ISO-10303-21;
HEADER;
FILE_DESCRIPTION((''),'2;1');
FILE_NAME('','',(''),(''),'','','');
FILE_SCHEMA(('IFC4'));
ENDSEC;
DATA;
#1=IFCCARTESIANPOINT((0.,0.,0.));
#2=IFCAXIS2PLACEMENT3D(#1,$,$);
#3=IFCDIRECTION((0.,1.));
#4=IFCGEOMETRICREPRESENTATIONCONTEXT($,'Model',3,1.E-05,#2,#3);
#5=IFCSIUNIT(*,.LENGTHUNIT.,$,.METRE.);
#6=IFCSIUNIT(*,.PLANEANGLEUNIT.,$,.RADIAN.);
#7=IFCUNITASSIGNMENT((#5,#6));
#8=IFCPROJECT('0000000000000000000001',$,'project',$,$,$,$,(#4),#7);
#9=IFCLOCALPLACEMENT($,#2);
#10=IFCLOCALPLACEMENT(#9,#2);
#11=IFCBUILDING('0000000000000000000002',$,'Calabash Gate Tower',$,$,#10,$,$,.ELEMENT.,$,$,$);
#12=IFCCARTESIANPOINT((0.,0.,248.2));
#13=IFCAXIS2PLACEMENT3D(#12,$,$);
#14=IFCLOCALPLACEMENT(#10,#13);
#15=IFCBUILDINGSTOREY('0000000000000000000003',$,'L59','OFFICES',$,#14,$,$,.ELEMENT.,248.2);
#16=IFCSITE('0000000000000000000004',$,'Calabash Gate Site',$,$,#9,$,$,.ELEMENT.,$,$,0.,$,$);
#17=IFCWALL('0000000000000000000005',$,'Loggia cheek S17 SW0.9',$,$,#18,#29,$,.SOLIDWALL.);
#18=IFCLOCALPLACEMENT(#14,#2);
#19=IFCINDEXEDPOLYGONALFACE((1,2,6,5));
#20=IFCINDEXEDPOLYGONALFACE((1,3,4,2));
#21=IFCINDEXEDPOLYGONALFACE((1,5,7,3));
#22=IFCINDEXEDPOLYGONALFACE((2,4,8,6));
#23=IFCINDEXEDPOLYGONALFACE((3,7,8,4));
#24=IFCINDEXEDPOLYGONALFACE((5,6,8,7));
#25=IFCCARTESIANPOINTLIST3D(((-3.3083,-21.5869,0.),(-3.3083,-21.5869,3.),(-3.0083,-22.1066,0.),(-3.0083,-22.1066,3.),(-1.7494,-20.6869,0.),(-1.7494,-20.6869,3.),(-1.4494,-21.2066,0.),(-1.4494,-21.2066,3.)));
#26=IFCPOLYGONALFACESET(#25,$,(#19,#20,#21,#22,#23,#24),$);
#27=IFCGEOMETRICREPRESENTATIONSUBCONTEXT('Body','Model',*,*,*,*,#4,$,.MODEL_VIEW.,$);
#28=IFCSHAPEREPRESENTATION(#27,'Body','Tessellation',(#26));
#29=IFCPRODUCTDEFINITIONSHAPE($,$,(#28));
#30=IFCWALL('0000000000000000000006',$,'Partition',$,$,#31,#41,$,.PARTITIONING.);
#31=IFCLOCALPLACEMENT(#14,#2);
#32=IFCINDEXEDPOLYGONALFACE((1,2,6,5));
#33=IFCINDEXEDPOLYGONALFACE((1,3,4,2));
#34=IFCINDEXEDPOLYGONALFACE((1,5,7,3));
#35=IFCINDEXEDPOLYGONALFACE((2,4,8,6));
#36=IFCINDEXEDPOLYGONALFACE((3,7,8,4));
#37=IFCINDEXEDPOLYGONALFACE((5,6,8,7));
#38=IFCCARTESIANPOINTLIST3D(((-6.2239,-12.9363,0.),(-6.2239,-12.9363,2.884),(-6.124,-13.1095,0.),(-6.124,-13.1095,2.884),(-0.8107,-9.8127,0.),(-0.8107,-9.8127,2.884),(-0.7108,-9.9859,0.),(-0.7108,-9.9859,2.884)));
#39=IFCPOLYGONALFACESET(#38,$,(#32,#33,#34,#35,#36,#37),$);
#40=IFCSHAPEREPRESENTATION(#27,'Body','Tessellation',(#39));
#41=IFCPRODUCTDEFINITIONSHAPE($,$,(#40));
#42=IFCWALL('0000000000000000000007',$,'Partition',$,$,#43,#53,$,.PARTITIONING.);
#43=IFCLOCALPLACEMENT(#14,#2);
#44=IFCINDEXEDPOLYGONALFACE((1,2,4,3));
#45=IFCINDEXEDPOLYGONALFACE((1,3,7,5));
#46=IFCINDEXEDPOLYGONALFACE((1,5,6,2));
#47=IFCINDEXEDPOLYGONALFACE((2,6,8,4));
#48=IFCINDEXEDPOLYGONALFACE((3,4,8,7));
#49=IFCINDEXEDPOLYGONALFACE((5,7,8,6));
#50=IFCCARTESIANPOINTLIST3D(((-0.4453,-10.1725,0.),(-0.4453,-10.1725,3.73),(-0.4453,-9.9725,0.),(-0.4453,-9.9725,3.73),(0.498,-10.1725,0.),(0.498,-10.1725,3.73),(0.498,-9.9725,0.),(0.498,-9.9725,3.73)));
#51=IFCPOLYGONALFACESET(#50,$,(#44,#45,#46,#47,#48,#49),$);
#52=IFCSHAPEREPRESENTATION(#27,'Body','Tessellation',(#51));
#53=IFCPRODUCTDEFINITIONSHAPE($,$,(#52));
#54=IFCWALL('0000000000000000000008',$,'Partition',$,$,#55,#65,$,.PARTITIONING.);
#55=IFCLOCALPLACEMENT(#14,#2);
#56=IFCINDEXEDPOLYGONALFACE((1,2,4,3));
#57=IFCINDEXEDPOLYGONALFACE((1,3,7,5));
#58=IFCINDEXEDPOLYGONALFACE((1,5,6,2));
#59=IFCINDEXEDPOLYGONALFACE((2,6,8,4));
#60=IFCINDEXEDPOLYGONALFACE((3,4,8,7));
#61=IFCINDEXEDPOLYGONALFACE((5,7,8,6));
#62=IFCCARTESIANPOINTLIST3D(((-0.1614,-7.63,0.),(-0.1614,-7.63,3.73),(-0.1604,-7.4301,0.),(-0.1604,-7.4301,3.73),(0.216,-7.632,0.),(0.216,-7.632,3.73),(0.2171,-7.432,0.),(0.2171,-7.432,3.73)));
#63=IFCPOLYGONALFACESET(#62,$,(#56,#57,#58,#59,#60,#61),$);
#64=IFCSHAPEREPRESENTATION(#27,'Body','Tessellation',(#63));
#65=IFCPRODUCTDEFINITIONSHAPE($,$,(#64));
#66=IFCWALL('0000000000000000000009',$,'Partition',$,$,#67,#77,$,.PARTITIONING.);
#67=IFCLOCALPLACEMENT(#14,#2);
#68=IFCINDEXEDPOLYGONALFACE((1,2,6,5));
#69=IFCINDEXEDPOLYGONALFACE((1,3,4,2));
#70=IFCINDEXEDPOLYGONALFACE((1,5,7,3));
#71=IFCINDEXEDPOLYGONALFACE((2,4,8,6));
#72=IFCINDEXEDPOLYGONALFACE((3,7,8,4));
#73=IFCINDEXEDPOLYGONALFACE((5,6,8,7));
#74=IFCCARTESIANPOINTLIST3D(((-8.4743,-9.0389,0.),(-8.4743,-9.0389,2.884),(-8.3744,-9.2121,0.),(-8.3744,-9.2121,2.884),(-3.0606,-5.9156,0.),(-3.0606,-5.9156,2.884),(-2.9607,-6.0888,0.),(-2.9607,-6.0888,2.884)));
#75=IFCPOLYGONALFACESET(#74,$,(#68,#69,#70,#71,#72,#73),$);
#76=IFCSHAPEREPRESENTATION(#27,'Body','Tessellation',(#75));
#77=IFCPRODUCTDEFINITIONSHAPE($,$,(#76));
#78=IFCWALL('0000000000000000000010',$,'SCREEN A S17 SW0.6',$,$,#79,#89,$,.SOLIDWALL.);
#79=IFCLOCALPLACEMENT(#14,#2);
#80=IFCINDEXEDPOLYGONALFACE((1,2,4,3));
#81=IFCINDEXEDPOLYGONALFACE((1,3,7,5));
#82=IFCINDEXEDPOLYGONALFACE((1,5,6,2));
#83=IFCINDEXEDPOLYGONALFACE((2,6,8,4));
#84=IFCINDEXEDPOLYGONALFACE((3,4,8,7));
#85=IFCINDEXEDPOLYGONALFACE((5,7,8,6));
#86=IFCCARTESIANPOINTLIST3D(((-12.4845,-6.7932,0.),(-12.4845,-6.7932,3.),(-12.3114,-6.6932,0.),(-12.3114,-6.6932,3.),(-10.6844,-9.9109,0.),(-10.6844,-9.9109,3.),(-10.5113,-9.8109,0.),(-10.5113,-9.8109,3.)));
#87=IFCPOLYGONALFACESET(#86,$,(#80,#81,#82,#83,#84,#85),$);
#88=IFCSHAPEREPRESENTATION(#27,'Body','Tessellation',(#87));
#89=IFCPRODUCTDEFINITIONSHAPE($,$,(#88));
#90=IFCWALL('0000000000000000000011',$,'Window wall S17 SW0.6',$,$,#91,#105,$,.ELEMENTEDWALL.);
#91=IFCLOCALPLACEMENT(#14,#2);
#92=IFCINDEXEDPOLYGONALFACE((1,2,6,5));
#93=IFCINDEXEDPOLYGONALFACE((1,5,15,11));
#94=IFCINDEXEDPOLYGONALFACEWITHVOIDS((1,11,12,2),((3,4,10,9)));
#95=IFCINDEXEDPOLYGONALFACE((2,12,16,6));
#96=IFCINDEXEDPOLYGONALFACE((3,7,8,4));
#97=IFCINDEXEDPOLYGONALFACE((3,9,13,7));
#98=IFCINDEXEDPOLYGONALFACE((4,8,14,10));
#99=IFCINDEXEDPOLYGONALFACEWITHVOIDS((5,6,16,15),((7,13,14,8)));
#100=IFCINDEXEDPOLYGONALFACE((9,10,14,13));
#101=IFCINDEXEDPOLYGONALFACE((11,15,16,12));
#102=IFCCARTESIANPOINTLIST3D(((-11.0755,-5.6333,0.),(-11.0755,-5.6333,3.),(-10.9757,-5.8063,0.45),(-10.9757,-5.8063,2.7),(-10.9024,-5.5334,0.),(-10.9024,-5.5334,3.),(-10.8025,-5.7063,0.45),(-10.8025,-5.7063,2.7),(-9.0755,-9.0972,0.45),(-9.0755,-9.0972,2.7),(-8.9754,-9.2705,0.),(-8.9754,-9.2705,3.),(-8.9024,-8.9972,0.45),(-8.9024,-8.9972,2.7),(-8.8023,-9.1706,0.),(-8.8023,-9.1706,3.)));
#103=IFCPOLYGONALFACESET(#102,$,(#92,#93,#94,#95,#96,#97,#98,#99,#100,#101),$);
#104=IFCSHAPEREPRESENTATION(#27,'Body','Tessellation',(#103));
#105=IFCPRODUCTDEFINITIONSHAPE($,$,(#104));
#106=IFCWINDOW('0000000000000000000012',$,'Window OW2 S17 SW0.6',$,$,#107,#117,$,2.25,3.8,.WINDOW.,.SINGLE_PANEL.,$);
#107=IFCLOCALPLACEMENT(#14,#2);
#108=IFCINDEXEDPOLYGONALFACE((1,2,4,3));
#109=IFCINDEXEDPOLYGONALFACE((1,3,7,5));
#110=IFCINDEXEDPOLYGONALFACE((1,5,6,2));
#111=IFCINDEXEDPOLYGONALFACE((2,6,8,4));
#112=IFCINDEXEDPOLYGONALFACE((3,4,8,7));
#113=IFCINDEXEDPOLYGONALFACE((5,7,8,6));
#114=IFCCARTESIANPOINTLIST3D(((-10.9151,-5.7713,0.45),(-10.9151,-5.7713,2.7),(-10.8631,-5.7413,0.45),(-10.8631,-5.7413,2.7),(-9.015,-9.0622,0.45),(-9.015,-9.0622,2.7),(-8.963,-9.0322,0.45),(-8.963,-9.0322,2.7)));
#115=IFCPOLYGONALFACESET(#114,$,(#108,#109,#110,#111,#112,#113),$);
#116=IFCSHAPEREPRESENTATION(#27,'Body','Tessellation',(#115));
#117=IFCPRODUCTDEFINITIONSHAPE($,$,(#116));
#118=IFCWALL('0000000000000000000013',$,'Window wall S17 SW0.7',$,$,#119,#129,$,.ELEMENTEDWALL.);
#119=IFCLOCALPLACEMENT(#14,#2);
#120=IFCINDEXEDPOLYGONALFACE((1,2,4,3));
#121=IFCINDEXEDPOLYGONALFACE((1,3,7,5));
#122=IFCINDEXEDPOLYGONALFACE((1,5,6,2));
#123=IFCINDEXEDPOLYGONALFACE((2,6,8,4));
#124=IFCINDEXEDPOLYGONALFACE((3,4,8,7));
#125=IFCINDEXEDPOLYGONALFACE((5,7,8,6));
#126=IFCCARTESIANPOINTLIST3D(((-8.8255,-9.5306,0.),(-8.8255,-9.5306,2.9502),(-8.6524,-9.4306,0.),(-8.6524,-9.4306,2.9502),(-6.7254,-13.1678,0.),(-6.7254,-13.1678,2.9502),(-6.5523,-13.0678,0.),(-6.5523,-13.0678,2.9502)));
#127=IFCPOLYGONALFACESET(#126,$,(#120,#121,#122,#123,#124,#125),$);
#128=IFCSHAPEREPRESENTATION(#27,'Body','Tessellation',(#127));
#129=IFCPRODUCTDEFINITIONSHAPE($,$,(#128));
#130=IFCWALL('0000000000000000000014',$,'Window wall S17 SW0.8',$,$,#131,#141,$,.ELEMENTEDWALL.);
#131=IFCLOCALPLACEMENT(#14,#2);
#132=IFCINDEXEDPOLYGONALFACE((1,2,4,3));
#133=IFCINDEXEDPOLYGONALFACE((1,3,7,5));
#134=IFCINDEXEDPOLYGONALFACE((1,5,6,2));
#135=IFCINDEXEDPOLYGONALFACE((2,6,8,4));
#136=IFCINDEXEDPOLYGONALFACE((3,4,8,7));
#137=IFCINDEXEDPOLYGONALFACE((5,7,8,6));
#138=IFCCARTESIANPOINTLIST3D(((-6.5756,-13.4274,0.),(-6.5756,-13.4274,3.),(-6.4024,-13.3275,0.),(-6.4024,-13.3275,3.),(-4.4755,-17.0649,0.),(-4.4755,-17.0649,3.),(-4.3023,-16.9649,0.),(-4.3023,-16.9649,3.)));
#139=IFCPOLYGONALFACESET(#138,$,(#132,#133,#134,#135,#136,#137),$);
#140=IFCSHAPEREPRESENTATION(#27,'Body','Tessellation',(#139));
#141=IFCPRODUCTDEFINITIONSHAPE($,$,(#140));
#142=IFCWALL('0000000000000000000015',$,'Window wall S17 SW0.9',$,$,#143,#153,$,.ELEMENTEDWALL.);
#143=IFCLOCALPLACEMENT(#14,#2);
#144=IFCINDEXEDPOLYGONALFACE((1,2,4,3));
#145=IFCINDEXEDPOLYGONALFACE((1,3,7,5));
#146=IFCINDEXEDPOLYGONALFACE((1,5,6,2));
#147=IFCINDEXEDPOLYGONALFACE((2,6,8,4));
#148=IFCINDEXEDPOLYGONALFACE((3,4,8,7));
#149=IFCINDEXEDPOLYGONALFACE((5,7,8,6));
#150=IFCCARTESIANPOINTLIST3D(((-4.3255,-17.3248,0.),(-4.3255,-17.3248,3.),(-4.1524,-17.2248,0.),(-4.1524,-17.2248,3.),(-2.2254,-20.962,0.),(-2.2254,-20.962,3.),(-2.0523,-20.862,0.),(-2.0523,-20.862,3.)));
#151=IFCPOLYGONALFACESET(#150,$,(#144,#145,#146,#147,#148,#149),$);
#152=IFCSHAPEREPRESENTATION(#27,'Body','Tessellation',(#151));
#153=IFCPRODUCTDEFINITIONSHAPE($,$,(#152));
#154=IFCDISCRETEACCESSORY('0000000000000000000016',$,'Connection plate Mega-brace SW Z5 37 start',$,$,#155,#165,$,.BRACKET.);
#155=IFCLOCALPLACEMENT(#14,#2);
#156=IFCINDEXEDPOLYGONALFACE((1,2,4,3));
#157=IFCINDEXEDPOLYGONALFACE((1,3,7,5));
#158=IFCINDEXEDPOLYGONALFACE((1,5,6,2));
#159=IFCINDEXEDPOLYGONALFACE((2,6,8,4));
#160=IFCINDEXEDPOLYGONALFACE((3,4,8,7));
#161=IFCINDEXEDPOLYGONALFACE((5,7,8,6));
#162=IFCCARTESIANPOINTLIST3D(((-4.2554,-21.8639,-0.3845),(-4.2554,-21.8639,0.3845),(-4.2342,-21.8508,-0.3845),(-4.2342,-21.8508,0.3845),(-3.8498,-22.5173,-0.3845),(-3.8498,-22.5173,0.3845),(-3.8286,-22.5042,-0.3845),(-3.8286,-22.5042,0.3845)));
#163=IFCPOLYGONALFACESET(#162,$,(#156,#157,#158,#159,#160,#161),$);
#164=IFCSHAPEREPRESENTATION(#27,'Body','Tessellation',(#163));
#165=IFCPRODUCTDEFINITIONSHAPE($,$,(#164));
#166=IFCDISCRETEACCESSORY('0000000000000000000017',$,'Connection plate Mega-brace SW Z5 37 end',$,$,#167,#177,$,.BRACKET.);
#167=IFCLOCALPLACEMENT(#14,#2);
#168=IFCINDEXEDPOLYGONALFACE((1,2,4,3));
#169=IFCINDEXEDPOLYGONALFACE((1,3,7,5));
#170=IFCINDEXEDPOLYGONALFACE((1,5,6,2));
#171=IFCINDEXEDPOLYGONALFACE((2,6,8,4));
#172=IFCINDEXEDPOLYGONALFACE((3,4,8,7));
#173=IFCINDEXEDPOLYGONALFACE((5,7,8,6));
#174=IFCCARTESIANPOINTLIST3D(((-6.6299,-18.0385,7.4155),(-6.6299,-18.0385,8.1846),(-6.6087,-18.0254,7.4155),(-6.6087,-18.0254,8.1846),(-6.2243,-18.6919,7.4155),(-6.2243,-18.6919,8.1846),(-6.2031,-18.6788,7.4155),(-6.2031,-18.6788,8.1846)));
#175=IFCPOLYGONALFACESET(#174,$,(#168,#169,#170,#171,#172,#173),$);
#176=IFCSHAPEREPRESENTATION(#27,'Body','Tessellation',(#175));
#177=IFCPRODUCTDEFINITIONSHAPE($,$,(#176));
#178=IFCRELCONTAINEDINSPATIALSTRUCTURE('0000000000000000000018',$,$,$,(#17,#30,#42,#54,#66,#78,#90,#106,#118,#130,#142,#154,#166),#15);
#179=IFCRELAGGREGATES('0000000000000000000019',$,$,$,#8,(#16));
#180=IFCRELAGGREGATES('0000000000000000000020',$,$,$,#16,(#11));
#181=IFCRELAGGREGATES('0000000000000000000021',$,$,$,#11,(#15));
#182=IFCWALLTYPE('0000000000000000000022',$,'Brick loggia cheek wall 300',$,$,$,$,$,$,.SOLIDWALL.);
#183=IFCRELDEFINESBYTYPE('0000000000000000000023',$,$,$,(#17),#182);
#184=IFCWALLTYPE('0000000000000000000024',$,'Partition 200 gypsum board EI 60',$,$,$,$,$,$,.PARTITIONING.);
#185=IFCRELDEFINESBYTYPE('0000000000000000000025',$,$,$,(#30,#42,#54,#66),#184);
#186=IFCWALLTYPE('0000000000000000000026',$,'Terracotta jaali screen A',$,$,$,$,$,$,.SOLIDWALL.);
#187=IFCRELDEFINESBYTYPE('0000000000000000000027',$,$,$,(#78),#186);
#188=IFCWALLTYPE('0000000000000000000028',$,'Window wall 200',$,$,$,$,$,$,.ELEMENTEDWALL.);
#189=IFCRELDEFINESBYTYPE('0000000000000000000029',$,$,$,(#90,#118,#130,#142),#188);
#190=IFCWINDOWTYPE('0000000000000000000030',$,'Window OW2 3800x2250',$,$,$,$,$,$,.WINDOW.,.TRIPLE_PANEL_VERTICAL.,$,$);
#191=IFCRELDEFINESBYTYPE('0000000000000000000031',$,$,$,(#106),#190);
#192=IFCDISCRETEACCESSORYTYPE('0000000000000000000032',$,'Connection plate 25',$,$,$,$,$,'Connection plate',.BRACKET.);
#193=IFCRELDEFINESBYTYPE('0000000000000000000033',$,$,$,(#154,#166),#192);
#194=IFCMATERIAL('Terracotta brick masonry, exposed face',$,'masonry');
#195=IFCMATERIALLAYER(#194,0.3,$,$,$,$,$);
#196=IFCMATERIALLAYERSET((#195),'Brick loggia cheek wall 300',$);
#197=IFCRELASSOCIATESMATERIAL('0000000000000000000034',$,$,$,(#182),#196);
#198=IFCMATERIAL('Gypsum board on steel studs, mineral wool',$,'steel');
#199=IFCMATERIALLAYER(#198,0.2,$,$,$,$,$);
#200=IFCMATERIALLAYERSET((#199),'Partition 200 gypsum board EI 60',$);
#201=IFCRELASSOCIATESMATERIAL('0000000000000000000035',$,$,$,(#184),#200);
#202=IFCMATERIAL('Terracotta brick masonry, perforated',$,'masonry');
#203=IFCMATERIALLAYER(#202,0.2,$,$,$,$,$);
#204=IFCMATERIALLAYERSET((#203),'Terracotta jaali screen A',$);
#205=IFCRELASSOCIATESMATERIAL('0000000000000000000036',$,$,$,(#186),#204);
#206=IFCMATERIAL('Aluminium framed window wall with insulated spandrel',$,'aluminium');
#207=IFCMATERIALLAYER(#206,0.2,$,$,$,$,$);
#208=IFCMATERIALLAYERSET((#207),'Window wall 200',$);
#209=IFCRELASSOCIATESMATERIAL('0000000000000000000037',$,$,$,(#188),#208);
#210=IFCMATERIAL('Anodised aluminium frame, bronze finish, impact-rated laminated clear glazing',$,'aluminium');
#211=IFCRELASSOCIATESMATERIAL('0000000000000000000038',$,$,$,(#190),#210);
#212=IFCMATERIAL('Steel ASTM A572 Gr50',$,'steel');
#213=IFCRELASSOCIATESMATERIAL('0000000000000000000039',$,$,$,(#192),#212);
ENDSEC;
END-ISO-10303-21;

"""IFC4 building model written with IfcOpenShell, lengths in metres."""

from ifc_helpers import new_model, si_unit, direction, frame, frame_2d, origin, origin_2d, place, context, subcontext, project, spatial, rectangle, extrude, material, layer, layer_set, type_object, element, fill, save


model = new_model("IFC4")

# Units and contexts
model_context = context("Model", 3, precision=1e-05, world=origin(), true_north=direction((0.0, 1.0)))
body_context = subcontext(model_context, "Body", "Model", "MODEL_VIEW")
ifc_project = project(units=[si_unit("LENGTHUNIT", "METRE"), si_unit("PLANEANGLEUNIT", "RADIAN")], contexts=[model_context])

# Site, building, storey
site_placement = place(None, origin())
site = spatial("IfcSite", under=ifc_project, at=site_placement, Name="Calabash Gate Site", CompositionType="ELEMENT", RefElevation=0.0)
building_placement = place(site_placement, origin())
building = spatial("IfcBuilding", under=site, at=building_placement, Name="Calabash Gate Tower", CompositionType="ELEMENT")
storey_placement = place(building_placement, frame((0.0, 0.0, 248.2)))
storey = spatial("IfcBuildingStorey", under=building, at=storey_placement, Name="L59", Description="OFFICES", CompositionType="ELEMENT", Elevation=248.2)

# Walls
ifc_material_1 = material(Name="Terracotta brick masonry, exposed face", Category="masonry")
ifc_layer_1 = layer(ifc_material_1, 0.3)
ifc_layer_set_1 = layer_set([ifc_layer_1], Name="Brick loggia cheek wall 300")
wall_type_1 = type_object("IfcWallType", Name="Brick loggia cheek wall 300", PredefinedType="SOLIDWALL", material=ifc_layer_set_1)
wall_1_placement = place(storey_placement, frame((-3.1582, -21.8467, 0.0), z_axis=(0.0, 0.0, 1.0), x_axis=(0.866048, 0.499961, 0.0)))
element("IfcWall", 1, at=wall_1_placement, inside=storey, type_object=wall_type_1, Name="Loggia cheek S17 SW0.9", PredefinedType="SOLIDWALL", context=body_context, shape_type="SweptSolid", body=[
    extrude(rectangle(XDim=1.8, YDim=0.6001, at=frame_2d((0.8999, 0.0))), origin(), (0.0, 0.0, 1.0), 3.0),
])
ifc_material_2 = material(Name="Gypsum board on steel studs, mineral wool", Category="steel")
ifc_layer_2 = layer(ifc_material_2, 0.2)
ifc_layer_set_2 = layer_set([ifc_layer_2], Name="Partition 200 gypsum board EI 60")
wall_type_2 = type_object("IfcWallType", Name="Partition 200 gypsum board EI 60", PredefinedType="PARTITIONING", material=ifc_layer_set_2)
wall_2_placement = place(storey_placement, frame((-6.1741, -13.0229, 0.0), z_axis=(0.0, 0.0, 1.0), x_axis=(0.866144, 0.499795, 0.0)))
element("IfcWall", 2, at=wall_2_placement, inside=storey, type_object=wall_type_2, Name="Partition", PredefinedType="PARTITIONING", context=body_context, shape_type="SweptSolid", body=[
    extrude(rectangle(XDim=6.2498, YDim=0.2, at=frame_2d((3.125, 0.0))), origin(), (0.0, 0.0, 1.0), 2.884),
])
wall_3_placement = place(storey_placement, frame((-0.4453, -10.0725, 0.0), z_axis=(0.0, 0.0, 1.0), x_axis=(1.0, 0.0, 0.0)))
element("IfcWall", 3, at=wall_3_placement, inside=storey, type_object=wall_type_2, Name="Partition", PredefinedType="PARTITIONING", context=body_context, shape_type="SweptSolid", body=[
    extrude(rectangle(XDim=0.9434, YDim=0.2, at=frame_2d((0.4717, 0.0))), origin(), (0.0, 0.0, 1.0), 3.73),
])
wall_4_placement = place(storey_placement, frame((-0.1609, -7.53, 0.0), z_axis=(0.0, 0.0, 1.0), x_axis=(0.999987, -0.005175, 0.0)))
element("IfcWall", 4, at=wall_4_placement, inside=storey, type_object=wall_type_2, Name="Partition", PredefinedType="PARTITIONING", context=body_context, shape_type="SweptSolid", body=[
    extrude(rectangle(XDim=0.3774, YDim=0.2, at=frame_2d((0.1887, 0.0))), origin(), (0.0, 0.0, 1.0), 3.73),
])
wall_5_placement = place(storey_placement, frame((-8.4243, -9.1255, 0.0), z_axis=(0.0, 0.0, 1.0), x_axis=(0.86618, 0.499731, 0.0)))
element("IfcWall", 5, at=wall_5_placement, inside=storey, type_object=wall_type_2, Name="Partition", PredefinedType="PARTITIONING", context=body_context, shape_type="SweptSolid", body=[
    extrude(rectangle(XDim=6.25, YDim=0.2, at=frame_2d((3.125, 0.0))), origin(), (0.0, 0.0, 1.0), 2.884),
])
ifc_material_3 = material(Name="Terracotta brick masonry, perforated", Category="masonry")
ifc_layer_3 = layer(ifc_material_3, 0.2)
ifc_layer_set_3 = layer_set([ifc_layer_3], Name="Terracotta jaali screen A")
wall_type_3 = type_object("IfcWallType", Name="Terracotta jaali screen A", PredefinedType="SOLIDWALL", material=ifc_layer_set_3)
wall_6_placement = place(storey_placement, frame((-12.3979, -6.7432, 0.0), z_axis=(0.0, 0.0, 1.0), x_axis=(0.500012, -0.866018, 0.0)))
element("IfcWall", 6, at=wall_6_placement, inside=storey, type_object=wall_type_3, Name="SCREEN A S17 SW0.6", PredefinedType="SOLIDWALL", context=body_context, shape_type="SweptSolid", body=[
    extrude(rectangle(XDim=3.6001, YDim=0.2, at=frame_2d((1.8, 0.0))), origin(), (0.0, 0.0, 1.0), 3.0),
])

# Wall, opening, window
ifc_material_4 = material(Name="Aluminium framed window wall with insulated spandrel", Category="aluminium")
ifc_layer_4 = layer(ifc_material_4, 0.2)
ifc_layer_set_4 = layer_set([ifc_layer_4], Name="Window wall 200")
wall_type_4 = type_object("IfcWallType", Name="Window wall 200", PredefinedType="ELEMENTEDWALL", material=ifc_layer_set_4)
wall_7_placement = place(storey_placement, frame((-10.989, -5.5833, 0.0), z_axis=(0.0, 0.0, 1.0), x_axis=(0.500028, -0.866009, 0.0)))
wall_7 = element("IfcWall", 7, at=wall_7_placement, inside=storey, type_object=wall_type_4, Name="Window wall S17 SW0.6", PredefinedType="ELEMENTEDWALL", context=body_context, shape_type="SweptSolid", body=[
    extrude(rectangle(XDim=4.2, YDim=0.2, at=frame_2d((2.1001, 0.0))), origin(), (0.0, 0.0, 1.0), 3.0),
])
opening_placement = place(wall_7_placement, frame((0.2, 0.0, 0.45)))
opening = element("IfcOpeningElement", 8, at=opening_placement, cuts=wall_7, PredefinedType="OPENING", context=body_context, shape_type="SweptSolid", body=[
    extrude(rectangle(XDim=3.8, YDim=2.25, at=frame_2d((1.8999, 1.125))), frame((0.0, 0.1099, 0.0), z_axis=(0.0, -1.0, 0.0), x_axis=(1.0, 0.0, 0.0)), (0.0, 0.0, 1.0), 0.22),
])
ifc_material_5 = material(Name="Anodised aluminium frame, bronze finish, impact-rated laminated clear glazing", Category="aluminium")
window_type = type_object("IfcWindowType", Name="Window OW2 3800x2250", PartitioningType="TRIPLE_PANEL_VERTICAL", PredefinedType="WINDOW", material=ifc_material_5)
window_placement = place(opening_placement, origin())
window = element("IfcWindow", 9, at=window_placement, inside=storey, type_object=window_type, Name="Window OW2 S17 SW0.6", OverallHeight=2.25, OverallWidth=3.8, PartitioningType="SINGLE_PANEL", PredefinedType="WINDOW", context=body_context, shape_type="SweptSolid", body=[
    extrude(rectangle(XDim=3.8, YDim=2.25, at=frame_2d((1.8999, 1.125))), frame((0.0, 0.03, 0.0), z_axis=(0.0, -1.0, 0.0), x_axis=(1.0, 0.0, 0.0)), (0.0, 0.0, 1.0), 0.0601),
])
fill(opening, window)

# Walls
wall_8_placement = place(storey_placement, frame((-8.739, -9.4805, 0.0), z_axis=(0.0, 0.0, 1.0), x_axis=(0.500028, -0.866009, 0.0)))
element("IfcWall", 10, at=wall_8_placement, inside=storey, type_object=wall_type_4, Name="Window wall S17 SW0.7", PredefinedType="ELEMENTEDWALL", context=body_context, shape_type="SweptSolid", body=[
    extrude(rectangle(XDim=4.2, YDim=0.2, at=frame_2d((2.1001, 0.0))), origin(), (0.0, 0.0, 1.0), 2.9502),
])
wall_9_placement = place(storey_placement, frame((-6.489, -13.3774, 0.0), z_axis=(0.0, 0.0, 1.0), x_axis=(0.500003, -0.866024, 0.0)))
element("IfcWall", 11, at=wall_9_placement, inside=storey, type_object=wall_type_4, Name="Window wall S17 SW0.8", PredefinedType="ELEMENTEDWALL", context=body_context, shape_type="SweptSolid", body=[
    extrude(rectangle(XDim=4.2002, YDim=0.2, at=frame_2d((2.1001, 0.0))), origin(), (0.0, 0.0, 1.0), 3.0),
])
wall_10_placement = place(storey_placement, frame((-4.239, -17.2747, 0.0), z_axis=(0.0, 0.0, 1.0), x_axis=(0.500028, -0.866009, 0.0)))
element("IfcWall", 12, at=wall_10_placement, inside=storey, type_object=wall_type_4, Name="Window wall S17 SW0.9", PredefinedType="ELEMENTEDWALL", context=body_context, shape_type="SweptSolid", body=[
    extrude(rectangle(XDim=4.2, YDim=0.2, at=frame_2d((2.1001, 0.0))), origin(), (0.0, 0.0, 1.0), 3.0),
])

# Discrete accessories
ifc_material_6 = material(Name="Steel ASTM A572 Gr50", Category="steel")
discrete_accessory_type = type_object("IfcDiscreteAccessoryType", Name="Connection plate 25", ElementType="Connection plate", PredefinedType="BRACKET", material=ifc_material_6)
for number, where, z_axis, x_axis, name in (
    (13, (-4.042, -22.1841, -0.3845), (0.0, 0.0, 1.0), (-0.527382, 0.849628, 0.0), "Connection plate Mega-brace SW Z5 37 start"),
    (14, (-6.4165, -18.3586, 7.4155), (0.0, 0.0, 1.0), (-0.527382, 0.849628, 0.0), "Connection plate Mega-brace SW Z5 37 end"),
):
    element("IfcDiscreteAccessory", number, at=place(storey_placement, frame(where, z_axis=z_axis, x_axis=x_axis)), inside=storey, type_object=discrete_accessory_type, Name=name, PredefinedType="BRACKET", context=body_context, shape_type="SweptSolid", body=[
        extrude(rectangle(XDim=0.769, YDim=0.0249, at=origin_2d()), origin(), (0.0, 0.0, 1.0), 0.769),
    ])

save(model, "model.ifc")
